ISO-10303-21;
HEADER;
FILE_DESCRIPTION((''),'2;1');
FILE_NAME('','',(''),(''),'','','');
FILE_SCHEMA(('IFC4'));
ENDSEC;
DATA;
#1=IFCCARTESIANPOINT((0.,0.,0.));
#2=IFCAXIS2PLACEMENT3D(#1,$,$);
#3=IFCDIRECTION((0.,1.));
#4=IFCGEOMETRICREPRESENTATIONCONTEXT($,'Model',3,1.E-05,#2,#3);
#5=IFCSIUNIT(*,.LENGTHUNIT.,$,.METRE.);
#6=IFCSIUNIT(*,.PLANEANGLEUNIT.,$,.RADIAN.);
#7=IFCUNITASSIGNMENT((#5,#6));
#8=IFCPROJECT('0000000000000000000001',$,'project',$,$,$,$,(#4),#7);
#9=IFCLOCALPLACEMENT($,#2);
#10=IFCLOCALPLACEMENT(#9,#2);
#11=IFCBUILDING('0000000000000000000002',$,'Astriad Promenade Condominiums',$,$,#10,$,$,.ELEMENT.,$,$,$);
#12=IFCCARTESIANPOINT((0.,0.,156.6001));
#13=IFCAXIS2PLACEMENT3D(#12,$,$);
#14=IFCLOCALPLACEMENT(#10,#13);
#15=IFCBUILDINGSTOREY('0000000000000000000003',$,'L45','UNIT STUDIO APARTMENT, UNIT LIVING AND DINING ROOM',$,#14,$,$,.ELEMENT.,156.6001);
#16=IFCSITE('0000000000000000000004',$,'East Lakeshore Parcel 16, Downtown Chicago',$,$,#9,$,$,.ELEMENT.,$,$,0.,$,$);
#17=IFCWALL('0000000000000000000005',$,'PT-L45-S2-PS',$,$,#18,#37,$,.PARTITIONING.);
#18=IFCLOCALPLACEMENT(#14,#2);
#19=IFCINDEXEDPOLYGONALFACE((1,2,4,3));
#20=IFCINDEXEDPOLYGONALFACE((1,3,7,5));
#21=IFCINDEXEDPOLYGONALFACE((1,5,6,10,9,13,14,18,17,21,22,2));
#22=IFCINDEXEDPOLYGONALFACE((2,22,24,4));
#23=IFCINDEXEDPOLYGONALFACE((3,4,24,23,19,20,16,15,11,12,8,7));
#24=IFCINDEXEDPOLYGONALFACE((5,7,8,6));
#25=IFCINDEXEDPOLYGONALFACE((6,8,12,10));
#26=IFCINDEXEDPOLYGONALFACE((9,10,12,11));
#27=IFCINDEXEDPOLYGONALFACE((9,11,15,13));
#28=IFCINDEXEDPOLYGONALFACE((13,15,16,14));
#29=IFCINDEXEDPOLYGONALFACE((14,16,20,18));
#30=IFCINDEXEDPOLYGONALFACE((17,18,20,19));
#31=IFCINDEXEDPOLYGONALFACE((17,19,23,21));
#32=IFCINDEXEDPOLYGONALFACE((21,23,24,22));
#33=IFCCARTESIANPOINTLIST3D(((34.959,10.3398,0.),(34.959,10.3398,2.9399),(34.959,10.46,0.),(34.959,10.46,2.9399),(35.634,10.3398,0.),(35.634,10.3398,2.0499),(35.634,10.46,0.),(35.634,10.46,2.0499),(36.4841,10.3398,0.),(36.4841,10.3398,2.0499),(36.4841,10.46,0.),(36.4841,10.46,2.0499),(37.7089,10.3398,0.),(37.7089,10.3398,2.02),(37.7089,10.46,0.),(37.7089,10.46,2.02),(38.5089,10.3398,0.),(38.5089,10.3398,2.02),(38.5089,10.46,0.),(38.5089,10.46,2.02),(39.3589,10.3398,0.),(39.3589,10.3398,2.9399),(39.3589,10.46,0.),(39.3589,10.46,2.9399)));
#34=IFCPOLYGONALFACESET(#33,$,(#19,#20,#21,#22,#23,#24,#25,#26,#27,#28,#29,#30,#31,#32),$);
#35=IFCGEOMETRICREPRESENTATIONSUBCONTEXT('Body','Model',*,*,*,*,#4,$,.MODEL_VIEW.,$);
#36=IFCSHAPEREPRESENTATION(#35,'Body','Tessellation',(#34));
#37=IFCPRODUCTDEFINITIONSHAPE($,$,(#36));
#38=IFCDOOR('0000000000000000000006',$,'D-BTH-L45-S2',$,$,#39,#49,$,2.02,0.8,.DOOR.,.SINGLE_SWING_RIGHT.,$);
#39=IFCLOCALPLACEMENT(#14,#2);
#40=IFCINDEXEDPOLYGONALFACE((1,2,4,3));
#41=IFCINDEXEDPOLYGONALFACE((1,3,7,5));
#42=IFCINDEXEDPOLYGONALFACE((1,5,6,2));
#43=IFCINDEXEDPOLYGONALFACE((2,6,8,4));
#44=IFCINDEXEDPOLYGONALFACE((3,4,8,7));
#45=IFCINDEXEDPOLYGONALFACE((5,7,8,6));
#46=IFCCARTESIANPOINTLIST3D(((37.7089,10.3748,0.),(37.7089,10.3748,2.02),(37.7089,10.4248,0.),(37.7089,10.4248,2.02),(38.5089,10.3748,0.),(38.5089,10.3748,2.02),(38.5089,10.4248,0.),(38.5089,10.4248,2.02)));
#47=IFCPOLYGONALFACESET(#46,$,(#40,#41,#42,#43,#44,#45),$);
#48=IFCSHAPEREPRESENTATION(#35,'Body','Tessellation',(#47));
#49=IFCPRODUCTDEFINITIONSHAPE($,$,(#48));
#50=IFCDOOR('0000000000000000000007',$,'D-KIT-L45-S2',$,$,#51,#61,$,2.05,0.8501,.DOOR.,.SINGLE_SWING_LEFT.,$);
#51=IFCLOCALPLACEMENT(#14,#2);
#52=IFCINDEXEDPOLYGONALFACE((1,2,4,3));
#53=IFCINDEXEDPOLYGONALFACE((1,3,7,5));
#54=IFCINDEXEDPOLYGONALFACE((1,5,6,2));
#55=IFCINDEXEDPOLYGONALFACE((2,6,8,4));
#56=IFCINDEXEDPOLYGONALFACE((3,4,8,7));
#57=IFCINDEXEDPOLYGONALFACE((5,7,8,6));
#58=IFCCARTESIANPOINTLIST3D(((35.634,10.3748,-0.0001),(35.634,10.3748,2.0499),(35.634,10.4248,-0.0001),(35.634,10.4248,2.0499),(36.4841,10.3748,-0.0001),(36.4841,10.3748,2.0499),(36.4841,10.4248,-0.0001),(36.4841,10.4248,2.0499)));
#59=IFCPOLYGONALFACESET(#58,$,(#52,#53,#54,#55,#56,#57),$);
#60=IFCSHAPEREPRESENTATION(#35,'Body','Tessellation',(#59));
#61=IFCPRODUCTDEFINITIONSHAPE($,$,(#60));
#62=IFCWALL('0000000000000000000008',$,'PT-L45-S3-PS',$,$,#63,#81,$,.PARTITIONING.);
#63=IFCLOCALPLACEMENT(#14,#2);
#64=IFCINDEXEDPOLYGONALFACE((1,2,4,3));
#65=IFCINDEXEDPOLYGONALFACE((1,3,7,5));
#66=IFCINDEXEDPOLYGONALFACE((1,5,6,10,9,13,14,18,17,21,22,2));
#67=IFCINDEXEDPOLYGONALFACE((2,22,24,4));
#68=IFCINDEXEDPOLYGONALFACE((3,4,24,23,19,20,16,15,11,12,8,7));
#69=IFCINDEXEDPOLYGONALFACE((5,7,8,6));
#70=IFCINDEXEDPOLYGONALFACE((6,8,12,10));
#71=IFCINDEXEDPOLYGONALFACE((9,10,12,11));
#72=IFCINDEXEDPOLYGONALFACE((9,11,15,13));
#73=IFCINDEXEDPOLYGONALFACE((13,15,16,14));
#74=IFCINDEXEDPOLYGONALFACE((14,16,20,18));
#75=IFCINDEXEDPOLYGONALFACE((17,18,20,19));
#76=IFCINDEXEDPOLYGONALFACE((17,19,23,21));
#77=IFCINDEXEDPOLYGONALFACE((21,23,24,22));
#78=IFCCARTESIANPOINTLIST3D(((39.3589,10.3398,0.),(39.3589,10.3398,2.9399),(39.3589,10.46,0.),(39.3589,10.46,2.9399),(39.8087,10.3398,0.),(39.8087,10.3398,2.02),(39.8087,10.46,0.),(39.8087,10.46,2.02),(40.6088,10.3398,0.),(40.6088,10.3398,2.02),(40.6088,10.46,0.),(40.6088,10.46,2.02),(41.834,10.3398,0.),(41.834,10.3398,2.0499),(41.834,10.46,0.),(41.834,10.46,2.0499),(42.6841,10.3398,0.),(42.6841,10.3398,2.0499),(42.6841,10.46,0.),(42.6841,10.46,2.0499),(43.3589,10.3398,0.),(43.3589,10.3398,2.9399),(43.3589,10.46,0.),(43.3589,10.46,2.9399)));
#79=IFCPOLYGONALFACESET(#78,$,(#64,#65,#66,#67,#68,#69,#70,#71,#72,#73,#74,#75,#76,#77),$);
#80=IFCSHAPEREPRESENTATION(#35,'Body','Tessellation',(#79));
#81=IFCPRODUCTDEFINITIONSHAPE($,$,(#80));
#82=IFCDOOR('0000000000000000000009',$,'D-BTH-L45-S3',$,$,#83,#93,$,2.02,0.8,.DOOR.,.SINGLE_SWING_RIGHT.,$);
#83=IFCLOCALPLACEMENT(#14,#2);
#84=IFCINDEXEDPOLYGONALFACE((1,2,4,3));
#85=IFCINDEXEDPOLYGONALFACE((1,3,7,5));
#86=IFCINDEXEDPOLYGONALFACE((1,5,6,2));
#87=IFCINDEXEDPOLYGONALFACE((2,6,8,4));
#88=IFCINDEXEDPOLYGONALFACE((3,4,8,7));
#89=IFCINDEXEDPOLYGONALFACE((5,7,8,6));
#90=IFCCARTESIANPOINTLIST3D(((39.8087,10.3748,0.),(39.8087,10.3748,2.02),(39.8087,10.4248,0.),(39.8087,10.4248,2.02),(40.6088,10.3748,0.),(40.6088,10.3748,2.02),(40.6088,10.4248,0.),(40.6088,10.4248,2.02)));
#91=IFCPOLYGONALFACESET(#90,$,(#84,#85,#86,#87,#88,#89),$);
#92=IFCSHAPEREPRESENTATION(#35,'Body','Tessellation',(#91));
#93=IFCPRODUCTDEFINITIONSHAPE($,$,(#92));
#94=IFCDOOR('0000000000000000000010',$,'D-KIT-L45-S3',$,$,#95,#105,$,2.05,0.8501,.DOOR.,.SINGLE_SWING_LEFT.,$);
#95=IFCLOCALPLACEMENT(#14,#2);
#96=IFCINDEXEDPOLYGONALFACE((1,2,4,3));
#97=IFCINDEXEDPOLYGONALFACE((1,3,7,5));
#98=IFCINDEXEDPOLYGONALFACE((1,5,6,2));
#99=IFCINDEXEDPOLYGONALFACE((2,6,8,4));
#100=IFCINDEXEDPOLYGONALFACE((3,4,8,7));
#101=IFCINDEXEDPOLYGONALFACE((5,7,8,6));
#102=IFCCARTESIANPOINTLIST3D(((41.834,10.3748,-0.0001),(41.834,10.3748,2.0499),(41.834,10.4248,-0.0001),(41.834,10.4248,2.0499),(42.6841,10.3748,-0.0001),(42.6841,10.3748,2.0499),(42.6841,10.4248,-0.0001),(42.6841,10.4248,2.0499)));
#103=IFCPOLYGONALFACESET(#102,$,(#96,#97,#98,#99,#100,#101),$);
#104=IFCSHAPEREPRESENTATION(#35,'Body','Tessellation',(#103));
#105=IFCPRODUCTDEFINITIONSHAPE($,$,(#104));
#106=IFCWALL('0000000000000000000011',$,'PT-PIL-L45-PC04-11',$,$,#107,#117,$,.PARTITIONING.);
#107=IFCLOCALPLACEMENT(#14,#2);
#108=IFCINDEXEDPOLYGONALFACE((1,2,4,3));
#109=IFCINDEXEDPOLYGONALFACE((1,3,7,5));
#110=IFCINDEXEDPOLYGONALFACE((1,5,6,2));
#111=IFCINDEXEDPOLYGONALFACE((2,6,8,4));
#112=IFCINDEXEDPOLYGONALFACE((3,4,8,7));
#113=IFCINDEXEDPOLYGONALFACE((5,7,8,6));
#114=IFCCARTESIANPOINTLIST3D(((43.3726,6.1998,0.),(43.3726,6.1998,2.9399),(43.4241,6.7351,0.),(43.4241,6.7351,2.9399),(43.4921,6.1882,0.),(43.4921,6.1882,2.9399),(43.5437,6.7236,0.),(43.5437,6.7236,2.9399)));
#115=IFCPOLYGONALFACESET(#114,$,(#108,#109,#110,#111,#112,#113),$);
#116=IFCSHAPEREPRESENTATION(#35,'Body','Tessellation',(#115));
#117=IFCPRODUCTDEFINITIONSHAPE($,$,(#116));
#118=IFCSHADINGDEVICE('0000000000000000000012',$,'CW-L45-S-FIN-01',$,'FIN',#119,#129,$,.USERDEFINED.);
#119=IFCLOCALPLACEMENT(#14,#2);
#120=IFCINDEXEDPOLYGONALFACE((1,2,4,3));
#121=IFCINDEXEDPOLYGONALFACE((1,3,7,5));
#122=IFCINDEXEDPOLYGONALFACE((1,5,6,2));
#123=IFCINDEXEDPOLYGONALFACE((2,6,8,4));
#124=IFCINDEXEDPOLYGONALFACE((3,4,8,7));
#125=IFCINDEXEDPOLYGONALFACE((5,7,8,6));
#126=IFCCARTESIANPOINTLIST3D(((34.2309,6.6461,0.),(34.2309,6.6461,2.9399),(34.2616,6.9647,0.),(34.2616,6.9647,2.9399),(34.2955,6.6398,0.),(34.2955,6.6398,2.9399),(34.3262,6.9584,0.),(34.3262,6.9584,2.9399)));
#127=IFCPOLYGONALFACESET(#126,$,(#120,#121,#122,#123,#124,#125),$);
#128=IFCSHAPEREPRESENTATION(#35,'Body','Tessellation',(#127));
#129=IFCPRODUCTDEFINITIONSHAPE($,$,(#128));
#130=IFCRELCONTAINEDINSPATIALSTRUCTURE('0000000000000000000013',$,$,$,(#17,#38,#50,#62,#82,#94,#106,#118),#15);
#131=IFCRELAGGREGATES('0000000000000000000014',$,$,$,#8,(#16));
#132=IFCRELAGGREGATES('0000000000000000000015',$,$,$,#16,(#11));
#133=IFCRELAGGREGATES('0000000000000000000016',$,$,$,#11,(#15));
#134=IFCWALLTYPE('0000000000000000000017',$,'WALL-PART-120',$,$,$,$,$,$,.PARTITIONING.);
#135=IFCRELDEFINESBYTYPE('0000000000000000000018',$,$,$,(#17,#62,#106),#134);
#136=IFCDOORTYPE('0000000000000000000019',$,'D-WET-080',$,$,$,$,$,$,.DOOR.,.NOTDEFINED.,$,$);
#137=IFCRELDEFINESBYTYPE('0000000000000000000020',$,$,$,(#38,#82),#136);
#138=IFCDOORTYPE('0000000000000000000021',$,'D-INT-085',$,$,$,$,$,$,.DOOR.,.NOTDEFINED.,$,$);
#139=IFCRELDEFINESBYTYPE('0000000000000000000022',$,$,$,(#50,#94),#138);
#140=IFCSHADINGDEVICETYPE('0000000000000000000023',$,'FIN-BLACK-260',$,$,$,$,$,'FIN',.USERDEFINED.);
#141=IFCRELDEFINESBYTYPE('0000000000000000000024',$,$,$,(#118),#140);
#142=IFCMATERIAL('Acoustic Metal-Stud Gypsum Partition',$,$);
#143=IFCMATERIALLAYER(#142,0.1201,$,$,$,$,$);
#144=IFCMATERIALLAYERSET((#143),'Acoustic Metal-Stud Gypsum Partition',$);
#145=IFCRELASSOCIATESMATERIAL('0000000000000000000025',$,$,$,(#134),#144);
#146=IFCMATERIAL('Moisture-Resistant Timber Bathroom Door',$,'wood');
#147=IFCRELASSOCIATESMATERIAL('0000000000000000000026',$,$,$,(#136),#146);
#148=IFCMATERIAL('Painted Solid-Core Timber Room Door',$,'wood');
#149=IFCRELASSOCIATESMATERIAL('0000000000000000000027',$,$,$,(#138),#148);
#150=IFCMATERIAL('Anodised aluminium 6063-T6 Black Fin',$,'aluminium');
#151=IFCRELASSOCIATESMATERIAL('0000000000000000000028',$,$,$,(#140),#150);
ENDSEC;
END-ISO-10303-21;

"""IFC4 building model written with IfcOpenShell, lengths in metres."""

from ifc_helpers import new_model, si_unit, direction, frame, frame_2d, origin, origin_2d, place, context, subcontext, project, spatial, rectangle, extrude, source, transform, mapped, material, layer, layer_set, type_object, type_shapes, element, fill, save


model = new_model("IFC4")

# Units and contexts
model_context = context("Model", 3, precision=1e-05, world=origin(), true_north=direction((0.0, 1.0)))
body_context = subcontext(model_context, "Body", "Model", "MODEL_VIEW")
ifc_project = project(units=[si_unit("LENGTHUNIT", "METRE"), si_unit("PLANEANGLEUNIT", "RADIAN")], contexts=[model_context])

# Site, building, storey
site_placement = place(None, origin())
site = spatial("IfcSite", under=ifc_project, at=site_placement, Name="East Lakeshore Parcel 16, Downtown Chicago", CompositionType="ELEMENT", RefElevation=0.0)
building_placement = place(site_placement, origin())
building = spatial("IfcBuilding", under=site, at=building_placement, Name="Astriad Promenade Condominiums", CompositionType="ELEMENT")
storey_placement = place(building_placement, frame((0.0, 0.0, 156.6001)))
storey = spatial("IfcBuildingStorey", under=building, at=storey_placement, Name="L45", Description="UNIT STUDIO APARTMENT, UNIT LIVING AND DINING ROOM", CompositionType="ELEMENT", Elevation=156.6001)

# Walls, openings, doors
ifc_material_1 = material(Name="Acoustic Metal-Stud Gypsum Partition")
ifc_layer_1 = layer(ifc_material_1, 0.1201)
ifc_layer_set_1 = layer_set([ifc_layer_1], Name="Acoustic Metal-Stud Gypsum Partition")
wall_type_1 = type_object("IfcWallType", Name="WALL-PART-120", PredefinedType="PARTITIONING", material=ifc_layer_set_1)
wall_1_placement = place(storey_placement, frame((34.959, 10.3999, 0.0), z_axis=(0.0, 0.0, 1.0), x_axis=(1.0, 0.0, 0.0)))
wall_1 = element("IfcWall", 1, at=wall_1_placement, inside=storey, type_object=wall_type_1, Name="PT-L45-S2-PS", PredefinedType="PARTITIONING", context=body_context, shape_type="SweptSolid", body=[
    extrude(rectangle(XDim=4.3999, YDim=0.1201, at=frame_2d((2.2, 0.0))), origin(), (0.0, 0.0, 1.0), 2.9399),
])
opening_1_placement = place(wall_1_placement, frame((0.675, 0.0, 0.0)))
opening_1 = element("IfcOpeningElement", 2, at=opening_1_placement, cuts=wall_1, PredefinedType="OPENING", context=body_context, shape_type="SweptSolid", body=[
    extrude(rectangle(XDim=0.8501, YDim=2.05, at=frame_2d((0.425, 1.0249))), frame((0.0, 0.0701, 0.0), z_axis=(0.0, -1.0, 0.0), x_axis=(1.0, 0.0, 0.0)), (0.0, 0.0, 1.0), 0.1401),
])
opening_2_placement = place(wall_1_placement, frame((2.75, 0.0, 0.0)))
opening_2 = element("IfcOpeningElement", 3, at=opening_2_placement, cuts=wall_1, PredefinedType="OPENING", context=body_context, shape_type="SweptSolid", body=[
    extrude(rectangle(XDim=0.8, YDim=2.02, at=frame_2d((0.3999, 1.01))), frame((0.0, 0.0701, 0.0), z_axis=(0.0, -1.0, 0.0), x_axis=(1.0, 0.0, 0.0)), (0.0, 0.0, 1.0), 0.1401),
])
ifc_material_2 = material(Name="Moisture-Resistant Timber Bathroom Door", Category="wood")
door_type_1 = type_object("IfcDoorType", Name="D-WET-080", OperationType="NOTDEFINED", PredefinedType="DOOR", material=ifc_material_2)
shared_shape_1 = source(origin(), body_context, "Body", "SweptSolid", [
    extrude(rectangle(XDim=0.8, YDim=2.02, at=frame_2d((0.3999, 1.01))), frame((0.0, 0.0249, 0.0), z_axis=(0.0, -1.0, 0.0), x_axis=(1.0, 0.0, 0.0)), (0.0, 0.0, 1.0), 0.05),
])
type_shapes(door_type_1, [shared_shape_1])
door_1_placement = place(opening_2_placement, origin())
door_1 = element("IfcDoor", 4, at=door_1_placement, inside=storey, type_object=door_type_1, Name="D-BTH-L45-S2", OperationType="SINGLE_SWING_RIGHT", OverallHeight=2.02, OverallWidth=0.8, PredefinedType="DOOR", context=body_context, shape_type="MappedRepresentation", body=[
    mapped(shared_shape_1, transform((0.0, 0.0, 0.0), scale=1.0)),
])
fill(opening_2, door_1)
ifc_material_3 = material(Name="Painted Solid-Core Timber Room Door", Category="wood")
door_type_2 = type_object("IfcDoorType", Name="D-INT-085", OperationType="NOTDEFINED", PredefinedType="DOOR", material=ifc_material_3)
shared_shape_2 = source(origin(), body_context, "Body", "SweptSolid", [
    extrude(rectangle(XDim=0.8501, YDim=2.05, at=frame_2d((0.425, 1.0249))), frame((0.0, 0.0249, 0.0), z_axis=(0.0, -1.0, 0.0), x_axis=(1.0, 0.0, 0.0)), (0.0, 0.0, 1.0), 0.05),
])
type_shapes(door_type_2, [shared_shape_2])
door_2_placement = place(opening_1_placement, origin())
door_2 = element("IfcDoor", 5, at=door_2_placement, inside=storey, type_object=door_type_2, Name="D-KIT-L45-S2", OperationType="SINGLE_SWING_LEFT", OverallHeight=2.05, OverallWidth=0.8501, PredefinedType="DOOR", context=body_context, shape_type="MappedRepresentation", body=[
    mapped(shared_shape_2, transform((0.0, 0.0, 0.0), scale=1.0)),
])
fill(opening_1, door_2)
wall_2_placement = place(storey_placement, frame((39.3589, 10.3999, 0.0), z_axis=(0.0, 0.0, 1.0), x_axis=(1.0, 0.0, 0.0)))
wall_2 = element("IfcWall", 6, at=wall_2_placement, inside=storey, type_object=wall_type_1, Name="PT-L45-S3-PS", PredefinedType="PARTITIONING", context=body_context, shape_type="SweptSolid", body=[
    extrude(rectangle(XDim=4.0, YDim=0.1201, at=frame_2d((2.0, 0.0))), origin(), (0.0, 0.0, 1.0), 2.9399),
])
opening_3_placement = place(wall_2_placement, frame((0.45, 0.0, 0.0)))
opening_3 = element("IfcOpeningElement", 7, at=opening_3_placement, cuts=wall_2, PredefinedType="OPENING", context=body_context, shape_type="SweptSolid", body=[
    extrude(rectangle(XDim=0.8, YDim=2.02, at=frame_2d((0.3999, 1.01))), frame((0.0, 0.0701, 0.0), z_axis=(0.0, -1.0, 0.0), x_axis=(1.0, 0.0, 0.0)), (0.0, 0.0, 1.0), 0.1401),
])
opening_4_placement = place(wall_2_placement, frame((2.4751, 0.0, 0.0)))
opening_4 = element("IfcOpeningElement", 8, at=opening_4_placement, cuts=wall_2, PredefinedType="OPENING", context=body_context, shape_type="SweptSolid", body=[
    extrude(rectangle(XDim=0.8501, YDim=2.05, at=frame_2d((0.425, 1.0249))), frame((0.0, 0.0701, 0.0), z_axis=(0.0, -1.0, 0.0), x_axis=(1.0, 0.0, 0.0)), (0.0, 0.0, 1.0), 0.1401),
])
door_3_placement = place(opening_3_placement, origin())
door_3 = element("IfcDoor", 9, at=door_3_placement, inside=storey, type_object=door_type_1, Name="D-BTH-L45-S3", OperationType="SINGLE_SWING_RIGHT", OverallHeight=2.02, OverallWidth=0.8, PredefinedType="DOOR", context=body_context, shape_type="MappedRepresentation", body=[
    mapped(shared_shape_1, transform((0.0, 0.0, 0.0), scale=1.0)),
])
fill(opening_3, door_3)
door_4_placement = place(opening_4_placement, origin())
door_4 = element("IfcDoor", 10, at=door_4_placement, inside=storey, type_object=door_type_2, Name="D-KIT-L45-S3", OperationType="SINGLE_SWING_LEFT", OverallHeight=2.05, OverallWidth=0.8501, PredefinedType="DOOR", context=body_context, shape_type="MappedRepresentation", body=[
    mapped(shared_shape_2, transform((0.0, 0.0, 0.0), scale=1.0)),
])
fill(opening_4, door_4)

# Wall
wall_3_placement = place(storey_placement, frame((43.4839, 6.7295, 0.0), z_axis=(0.0, 0.0, 1.0), x_axis=(-0.095773, -0.995403, 0.0)))
element("IfcWall", 11, at=wall_3_placement, inside=storey, type_object=wall_type_1, Name="PT-PIL-L45-PC04-11", PredefinedType="PARTITIONING", context=body_context, shape_type="SweptSolid", body=[
    extrude(rectangle(XDim=0.5378, YDim=0.1201, at=frame_2d((0.269, 0.0))), origin(), (0.0, 0.0, 1.0), 2.9399),
])

# Shading device
ifc_material_4 = material(Name="Anodised aluminium 6063-T6 Black Fin", Category="aluminium")
shading_device_type = type_object("IfcShadingDeviceType", Name="FIN-BLACK-260", ElementType="FIN", PredefinedType="USERDEFINED", material=ifc_material_4)
shared_shape_3 = source(origin(), body_context, "Body", "SweptSolid", [
    extrude(rectangle(XDim=0.0649, YDim=0.3201, at=origin_2d()), origin(), (0.0, 0.0, 1.0), 2.9399),
])
type_shapes(shading_device_type, [shared_shape_3])
shading_device_placement = place(storey_placement, frame((34.2786, 6.8022, 0.0), z_axis=(0.0, 0.0, 1.0), x_axis=(-0.995396, 0.095846, 0.0)))
element("IfcShadingDevice", 12, at=shading_device_placement, inside=storey, type_object=shading_device_type, Name="CW-L45-S-FIN-01", ObjectType="FIN", PredefinedType="USERDEFINED", context=body_context, shape_type="MappedRepresentation", body=[
    mapped(shared_shape_3, transform((0.0, 0.0, 0.0), scale=1.0)),
])

save(model, "model.ifc")
